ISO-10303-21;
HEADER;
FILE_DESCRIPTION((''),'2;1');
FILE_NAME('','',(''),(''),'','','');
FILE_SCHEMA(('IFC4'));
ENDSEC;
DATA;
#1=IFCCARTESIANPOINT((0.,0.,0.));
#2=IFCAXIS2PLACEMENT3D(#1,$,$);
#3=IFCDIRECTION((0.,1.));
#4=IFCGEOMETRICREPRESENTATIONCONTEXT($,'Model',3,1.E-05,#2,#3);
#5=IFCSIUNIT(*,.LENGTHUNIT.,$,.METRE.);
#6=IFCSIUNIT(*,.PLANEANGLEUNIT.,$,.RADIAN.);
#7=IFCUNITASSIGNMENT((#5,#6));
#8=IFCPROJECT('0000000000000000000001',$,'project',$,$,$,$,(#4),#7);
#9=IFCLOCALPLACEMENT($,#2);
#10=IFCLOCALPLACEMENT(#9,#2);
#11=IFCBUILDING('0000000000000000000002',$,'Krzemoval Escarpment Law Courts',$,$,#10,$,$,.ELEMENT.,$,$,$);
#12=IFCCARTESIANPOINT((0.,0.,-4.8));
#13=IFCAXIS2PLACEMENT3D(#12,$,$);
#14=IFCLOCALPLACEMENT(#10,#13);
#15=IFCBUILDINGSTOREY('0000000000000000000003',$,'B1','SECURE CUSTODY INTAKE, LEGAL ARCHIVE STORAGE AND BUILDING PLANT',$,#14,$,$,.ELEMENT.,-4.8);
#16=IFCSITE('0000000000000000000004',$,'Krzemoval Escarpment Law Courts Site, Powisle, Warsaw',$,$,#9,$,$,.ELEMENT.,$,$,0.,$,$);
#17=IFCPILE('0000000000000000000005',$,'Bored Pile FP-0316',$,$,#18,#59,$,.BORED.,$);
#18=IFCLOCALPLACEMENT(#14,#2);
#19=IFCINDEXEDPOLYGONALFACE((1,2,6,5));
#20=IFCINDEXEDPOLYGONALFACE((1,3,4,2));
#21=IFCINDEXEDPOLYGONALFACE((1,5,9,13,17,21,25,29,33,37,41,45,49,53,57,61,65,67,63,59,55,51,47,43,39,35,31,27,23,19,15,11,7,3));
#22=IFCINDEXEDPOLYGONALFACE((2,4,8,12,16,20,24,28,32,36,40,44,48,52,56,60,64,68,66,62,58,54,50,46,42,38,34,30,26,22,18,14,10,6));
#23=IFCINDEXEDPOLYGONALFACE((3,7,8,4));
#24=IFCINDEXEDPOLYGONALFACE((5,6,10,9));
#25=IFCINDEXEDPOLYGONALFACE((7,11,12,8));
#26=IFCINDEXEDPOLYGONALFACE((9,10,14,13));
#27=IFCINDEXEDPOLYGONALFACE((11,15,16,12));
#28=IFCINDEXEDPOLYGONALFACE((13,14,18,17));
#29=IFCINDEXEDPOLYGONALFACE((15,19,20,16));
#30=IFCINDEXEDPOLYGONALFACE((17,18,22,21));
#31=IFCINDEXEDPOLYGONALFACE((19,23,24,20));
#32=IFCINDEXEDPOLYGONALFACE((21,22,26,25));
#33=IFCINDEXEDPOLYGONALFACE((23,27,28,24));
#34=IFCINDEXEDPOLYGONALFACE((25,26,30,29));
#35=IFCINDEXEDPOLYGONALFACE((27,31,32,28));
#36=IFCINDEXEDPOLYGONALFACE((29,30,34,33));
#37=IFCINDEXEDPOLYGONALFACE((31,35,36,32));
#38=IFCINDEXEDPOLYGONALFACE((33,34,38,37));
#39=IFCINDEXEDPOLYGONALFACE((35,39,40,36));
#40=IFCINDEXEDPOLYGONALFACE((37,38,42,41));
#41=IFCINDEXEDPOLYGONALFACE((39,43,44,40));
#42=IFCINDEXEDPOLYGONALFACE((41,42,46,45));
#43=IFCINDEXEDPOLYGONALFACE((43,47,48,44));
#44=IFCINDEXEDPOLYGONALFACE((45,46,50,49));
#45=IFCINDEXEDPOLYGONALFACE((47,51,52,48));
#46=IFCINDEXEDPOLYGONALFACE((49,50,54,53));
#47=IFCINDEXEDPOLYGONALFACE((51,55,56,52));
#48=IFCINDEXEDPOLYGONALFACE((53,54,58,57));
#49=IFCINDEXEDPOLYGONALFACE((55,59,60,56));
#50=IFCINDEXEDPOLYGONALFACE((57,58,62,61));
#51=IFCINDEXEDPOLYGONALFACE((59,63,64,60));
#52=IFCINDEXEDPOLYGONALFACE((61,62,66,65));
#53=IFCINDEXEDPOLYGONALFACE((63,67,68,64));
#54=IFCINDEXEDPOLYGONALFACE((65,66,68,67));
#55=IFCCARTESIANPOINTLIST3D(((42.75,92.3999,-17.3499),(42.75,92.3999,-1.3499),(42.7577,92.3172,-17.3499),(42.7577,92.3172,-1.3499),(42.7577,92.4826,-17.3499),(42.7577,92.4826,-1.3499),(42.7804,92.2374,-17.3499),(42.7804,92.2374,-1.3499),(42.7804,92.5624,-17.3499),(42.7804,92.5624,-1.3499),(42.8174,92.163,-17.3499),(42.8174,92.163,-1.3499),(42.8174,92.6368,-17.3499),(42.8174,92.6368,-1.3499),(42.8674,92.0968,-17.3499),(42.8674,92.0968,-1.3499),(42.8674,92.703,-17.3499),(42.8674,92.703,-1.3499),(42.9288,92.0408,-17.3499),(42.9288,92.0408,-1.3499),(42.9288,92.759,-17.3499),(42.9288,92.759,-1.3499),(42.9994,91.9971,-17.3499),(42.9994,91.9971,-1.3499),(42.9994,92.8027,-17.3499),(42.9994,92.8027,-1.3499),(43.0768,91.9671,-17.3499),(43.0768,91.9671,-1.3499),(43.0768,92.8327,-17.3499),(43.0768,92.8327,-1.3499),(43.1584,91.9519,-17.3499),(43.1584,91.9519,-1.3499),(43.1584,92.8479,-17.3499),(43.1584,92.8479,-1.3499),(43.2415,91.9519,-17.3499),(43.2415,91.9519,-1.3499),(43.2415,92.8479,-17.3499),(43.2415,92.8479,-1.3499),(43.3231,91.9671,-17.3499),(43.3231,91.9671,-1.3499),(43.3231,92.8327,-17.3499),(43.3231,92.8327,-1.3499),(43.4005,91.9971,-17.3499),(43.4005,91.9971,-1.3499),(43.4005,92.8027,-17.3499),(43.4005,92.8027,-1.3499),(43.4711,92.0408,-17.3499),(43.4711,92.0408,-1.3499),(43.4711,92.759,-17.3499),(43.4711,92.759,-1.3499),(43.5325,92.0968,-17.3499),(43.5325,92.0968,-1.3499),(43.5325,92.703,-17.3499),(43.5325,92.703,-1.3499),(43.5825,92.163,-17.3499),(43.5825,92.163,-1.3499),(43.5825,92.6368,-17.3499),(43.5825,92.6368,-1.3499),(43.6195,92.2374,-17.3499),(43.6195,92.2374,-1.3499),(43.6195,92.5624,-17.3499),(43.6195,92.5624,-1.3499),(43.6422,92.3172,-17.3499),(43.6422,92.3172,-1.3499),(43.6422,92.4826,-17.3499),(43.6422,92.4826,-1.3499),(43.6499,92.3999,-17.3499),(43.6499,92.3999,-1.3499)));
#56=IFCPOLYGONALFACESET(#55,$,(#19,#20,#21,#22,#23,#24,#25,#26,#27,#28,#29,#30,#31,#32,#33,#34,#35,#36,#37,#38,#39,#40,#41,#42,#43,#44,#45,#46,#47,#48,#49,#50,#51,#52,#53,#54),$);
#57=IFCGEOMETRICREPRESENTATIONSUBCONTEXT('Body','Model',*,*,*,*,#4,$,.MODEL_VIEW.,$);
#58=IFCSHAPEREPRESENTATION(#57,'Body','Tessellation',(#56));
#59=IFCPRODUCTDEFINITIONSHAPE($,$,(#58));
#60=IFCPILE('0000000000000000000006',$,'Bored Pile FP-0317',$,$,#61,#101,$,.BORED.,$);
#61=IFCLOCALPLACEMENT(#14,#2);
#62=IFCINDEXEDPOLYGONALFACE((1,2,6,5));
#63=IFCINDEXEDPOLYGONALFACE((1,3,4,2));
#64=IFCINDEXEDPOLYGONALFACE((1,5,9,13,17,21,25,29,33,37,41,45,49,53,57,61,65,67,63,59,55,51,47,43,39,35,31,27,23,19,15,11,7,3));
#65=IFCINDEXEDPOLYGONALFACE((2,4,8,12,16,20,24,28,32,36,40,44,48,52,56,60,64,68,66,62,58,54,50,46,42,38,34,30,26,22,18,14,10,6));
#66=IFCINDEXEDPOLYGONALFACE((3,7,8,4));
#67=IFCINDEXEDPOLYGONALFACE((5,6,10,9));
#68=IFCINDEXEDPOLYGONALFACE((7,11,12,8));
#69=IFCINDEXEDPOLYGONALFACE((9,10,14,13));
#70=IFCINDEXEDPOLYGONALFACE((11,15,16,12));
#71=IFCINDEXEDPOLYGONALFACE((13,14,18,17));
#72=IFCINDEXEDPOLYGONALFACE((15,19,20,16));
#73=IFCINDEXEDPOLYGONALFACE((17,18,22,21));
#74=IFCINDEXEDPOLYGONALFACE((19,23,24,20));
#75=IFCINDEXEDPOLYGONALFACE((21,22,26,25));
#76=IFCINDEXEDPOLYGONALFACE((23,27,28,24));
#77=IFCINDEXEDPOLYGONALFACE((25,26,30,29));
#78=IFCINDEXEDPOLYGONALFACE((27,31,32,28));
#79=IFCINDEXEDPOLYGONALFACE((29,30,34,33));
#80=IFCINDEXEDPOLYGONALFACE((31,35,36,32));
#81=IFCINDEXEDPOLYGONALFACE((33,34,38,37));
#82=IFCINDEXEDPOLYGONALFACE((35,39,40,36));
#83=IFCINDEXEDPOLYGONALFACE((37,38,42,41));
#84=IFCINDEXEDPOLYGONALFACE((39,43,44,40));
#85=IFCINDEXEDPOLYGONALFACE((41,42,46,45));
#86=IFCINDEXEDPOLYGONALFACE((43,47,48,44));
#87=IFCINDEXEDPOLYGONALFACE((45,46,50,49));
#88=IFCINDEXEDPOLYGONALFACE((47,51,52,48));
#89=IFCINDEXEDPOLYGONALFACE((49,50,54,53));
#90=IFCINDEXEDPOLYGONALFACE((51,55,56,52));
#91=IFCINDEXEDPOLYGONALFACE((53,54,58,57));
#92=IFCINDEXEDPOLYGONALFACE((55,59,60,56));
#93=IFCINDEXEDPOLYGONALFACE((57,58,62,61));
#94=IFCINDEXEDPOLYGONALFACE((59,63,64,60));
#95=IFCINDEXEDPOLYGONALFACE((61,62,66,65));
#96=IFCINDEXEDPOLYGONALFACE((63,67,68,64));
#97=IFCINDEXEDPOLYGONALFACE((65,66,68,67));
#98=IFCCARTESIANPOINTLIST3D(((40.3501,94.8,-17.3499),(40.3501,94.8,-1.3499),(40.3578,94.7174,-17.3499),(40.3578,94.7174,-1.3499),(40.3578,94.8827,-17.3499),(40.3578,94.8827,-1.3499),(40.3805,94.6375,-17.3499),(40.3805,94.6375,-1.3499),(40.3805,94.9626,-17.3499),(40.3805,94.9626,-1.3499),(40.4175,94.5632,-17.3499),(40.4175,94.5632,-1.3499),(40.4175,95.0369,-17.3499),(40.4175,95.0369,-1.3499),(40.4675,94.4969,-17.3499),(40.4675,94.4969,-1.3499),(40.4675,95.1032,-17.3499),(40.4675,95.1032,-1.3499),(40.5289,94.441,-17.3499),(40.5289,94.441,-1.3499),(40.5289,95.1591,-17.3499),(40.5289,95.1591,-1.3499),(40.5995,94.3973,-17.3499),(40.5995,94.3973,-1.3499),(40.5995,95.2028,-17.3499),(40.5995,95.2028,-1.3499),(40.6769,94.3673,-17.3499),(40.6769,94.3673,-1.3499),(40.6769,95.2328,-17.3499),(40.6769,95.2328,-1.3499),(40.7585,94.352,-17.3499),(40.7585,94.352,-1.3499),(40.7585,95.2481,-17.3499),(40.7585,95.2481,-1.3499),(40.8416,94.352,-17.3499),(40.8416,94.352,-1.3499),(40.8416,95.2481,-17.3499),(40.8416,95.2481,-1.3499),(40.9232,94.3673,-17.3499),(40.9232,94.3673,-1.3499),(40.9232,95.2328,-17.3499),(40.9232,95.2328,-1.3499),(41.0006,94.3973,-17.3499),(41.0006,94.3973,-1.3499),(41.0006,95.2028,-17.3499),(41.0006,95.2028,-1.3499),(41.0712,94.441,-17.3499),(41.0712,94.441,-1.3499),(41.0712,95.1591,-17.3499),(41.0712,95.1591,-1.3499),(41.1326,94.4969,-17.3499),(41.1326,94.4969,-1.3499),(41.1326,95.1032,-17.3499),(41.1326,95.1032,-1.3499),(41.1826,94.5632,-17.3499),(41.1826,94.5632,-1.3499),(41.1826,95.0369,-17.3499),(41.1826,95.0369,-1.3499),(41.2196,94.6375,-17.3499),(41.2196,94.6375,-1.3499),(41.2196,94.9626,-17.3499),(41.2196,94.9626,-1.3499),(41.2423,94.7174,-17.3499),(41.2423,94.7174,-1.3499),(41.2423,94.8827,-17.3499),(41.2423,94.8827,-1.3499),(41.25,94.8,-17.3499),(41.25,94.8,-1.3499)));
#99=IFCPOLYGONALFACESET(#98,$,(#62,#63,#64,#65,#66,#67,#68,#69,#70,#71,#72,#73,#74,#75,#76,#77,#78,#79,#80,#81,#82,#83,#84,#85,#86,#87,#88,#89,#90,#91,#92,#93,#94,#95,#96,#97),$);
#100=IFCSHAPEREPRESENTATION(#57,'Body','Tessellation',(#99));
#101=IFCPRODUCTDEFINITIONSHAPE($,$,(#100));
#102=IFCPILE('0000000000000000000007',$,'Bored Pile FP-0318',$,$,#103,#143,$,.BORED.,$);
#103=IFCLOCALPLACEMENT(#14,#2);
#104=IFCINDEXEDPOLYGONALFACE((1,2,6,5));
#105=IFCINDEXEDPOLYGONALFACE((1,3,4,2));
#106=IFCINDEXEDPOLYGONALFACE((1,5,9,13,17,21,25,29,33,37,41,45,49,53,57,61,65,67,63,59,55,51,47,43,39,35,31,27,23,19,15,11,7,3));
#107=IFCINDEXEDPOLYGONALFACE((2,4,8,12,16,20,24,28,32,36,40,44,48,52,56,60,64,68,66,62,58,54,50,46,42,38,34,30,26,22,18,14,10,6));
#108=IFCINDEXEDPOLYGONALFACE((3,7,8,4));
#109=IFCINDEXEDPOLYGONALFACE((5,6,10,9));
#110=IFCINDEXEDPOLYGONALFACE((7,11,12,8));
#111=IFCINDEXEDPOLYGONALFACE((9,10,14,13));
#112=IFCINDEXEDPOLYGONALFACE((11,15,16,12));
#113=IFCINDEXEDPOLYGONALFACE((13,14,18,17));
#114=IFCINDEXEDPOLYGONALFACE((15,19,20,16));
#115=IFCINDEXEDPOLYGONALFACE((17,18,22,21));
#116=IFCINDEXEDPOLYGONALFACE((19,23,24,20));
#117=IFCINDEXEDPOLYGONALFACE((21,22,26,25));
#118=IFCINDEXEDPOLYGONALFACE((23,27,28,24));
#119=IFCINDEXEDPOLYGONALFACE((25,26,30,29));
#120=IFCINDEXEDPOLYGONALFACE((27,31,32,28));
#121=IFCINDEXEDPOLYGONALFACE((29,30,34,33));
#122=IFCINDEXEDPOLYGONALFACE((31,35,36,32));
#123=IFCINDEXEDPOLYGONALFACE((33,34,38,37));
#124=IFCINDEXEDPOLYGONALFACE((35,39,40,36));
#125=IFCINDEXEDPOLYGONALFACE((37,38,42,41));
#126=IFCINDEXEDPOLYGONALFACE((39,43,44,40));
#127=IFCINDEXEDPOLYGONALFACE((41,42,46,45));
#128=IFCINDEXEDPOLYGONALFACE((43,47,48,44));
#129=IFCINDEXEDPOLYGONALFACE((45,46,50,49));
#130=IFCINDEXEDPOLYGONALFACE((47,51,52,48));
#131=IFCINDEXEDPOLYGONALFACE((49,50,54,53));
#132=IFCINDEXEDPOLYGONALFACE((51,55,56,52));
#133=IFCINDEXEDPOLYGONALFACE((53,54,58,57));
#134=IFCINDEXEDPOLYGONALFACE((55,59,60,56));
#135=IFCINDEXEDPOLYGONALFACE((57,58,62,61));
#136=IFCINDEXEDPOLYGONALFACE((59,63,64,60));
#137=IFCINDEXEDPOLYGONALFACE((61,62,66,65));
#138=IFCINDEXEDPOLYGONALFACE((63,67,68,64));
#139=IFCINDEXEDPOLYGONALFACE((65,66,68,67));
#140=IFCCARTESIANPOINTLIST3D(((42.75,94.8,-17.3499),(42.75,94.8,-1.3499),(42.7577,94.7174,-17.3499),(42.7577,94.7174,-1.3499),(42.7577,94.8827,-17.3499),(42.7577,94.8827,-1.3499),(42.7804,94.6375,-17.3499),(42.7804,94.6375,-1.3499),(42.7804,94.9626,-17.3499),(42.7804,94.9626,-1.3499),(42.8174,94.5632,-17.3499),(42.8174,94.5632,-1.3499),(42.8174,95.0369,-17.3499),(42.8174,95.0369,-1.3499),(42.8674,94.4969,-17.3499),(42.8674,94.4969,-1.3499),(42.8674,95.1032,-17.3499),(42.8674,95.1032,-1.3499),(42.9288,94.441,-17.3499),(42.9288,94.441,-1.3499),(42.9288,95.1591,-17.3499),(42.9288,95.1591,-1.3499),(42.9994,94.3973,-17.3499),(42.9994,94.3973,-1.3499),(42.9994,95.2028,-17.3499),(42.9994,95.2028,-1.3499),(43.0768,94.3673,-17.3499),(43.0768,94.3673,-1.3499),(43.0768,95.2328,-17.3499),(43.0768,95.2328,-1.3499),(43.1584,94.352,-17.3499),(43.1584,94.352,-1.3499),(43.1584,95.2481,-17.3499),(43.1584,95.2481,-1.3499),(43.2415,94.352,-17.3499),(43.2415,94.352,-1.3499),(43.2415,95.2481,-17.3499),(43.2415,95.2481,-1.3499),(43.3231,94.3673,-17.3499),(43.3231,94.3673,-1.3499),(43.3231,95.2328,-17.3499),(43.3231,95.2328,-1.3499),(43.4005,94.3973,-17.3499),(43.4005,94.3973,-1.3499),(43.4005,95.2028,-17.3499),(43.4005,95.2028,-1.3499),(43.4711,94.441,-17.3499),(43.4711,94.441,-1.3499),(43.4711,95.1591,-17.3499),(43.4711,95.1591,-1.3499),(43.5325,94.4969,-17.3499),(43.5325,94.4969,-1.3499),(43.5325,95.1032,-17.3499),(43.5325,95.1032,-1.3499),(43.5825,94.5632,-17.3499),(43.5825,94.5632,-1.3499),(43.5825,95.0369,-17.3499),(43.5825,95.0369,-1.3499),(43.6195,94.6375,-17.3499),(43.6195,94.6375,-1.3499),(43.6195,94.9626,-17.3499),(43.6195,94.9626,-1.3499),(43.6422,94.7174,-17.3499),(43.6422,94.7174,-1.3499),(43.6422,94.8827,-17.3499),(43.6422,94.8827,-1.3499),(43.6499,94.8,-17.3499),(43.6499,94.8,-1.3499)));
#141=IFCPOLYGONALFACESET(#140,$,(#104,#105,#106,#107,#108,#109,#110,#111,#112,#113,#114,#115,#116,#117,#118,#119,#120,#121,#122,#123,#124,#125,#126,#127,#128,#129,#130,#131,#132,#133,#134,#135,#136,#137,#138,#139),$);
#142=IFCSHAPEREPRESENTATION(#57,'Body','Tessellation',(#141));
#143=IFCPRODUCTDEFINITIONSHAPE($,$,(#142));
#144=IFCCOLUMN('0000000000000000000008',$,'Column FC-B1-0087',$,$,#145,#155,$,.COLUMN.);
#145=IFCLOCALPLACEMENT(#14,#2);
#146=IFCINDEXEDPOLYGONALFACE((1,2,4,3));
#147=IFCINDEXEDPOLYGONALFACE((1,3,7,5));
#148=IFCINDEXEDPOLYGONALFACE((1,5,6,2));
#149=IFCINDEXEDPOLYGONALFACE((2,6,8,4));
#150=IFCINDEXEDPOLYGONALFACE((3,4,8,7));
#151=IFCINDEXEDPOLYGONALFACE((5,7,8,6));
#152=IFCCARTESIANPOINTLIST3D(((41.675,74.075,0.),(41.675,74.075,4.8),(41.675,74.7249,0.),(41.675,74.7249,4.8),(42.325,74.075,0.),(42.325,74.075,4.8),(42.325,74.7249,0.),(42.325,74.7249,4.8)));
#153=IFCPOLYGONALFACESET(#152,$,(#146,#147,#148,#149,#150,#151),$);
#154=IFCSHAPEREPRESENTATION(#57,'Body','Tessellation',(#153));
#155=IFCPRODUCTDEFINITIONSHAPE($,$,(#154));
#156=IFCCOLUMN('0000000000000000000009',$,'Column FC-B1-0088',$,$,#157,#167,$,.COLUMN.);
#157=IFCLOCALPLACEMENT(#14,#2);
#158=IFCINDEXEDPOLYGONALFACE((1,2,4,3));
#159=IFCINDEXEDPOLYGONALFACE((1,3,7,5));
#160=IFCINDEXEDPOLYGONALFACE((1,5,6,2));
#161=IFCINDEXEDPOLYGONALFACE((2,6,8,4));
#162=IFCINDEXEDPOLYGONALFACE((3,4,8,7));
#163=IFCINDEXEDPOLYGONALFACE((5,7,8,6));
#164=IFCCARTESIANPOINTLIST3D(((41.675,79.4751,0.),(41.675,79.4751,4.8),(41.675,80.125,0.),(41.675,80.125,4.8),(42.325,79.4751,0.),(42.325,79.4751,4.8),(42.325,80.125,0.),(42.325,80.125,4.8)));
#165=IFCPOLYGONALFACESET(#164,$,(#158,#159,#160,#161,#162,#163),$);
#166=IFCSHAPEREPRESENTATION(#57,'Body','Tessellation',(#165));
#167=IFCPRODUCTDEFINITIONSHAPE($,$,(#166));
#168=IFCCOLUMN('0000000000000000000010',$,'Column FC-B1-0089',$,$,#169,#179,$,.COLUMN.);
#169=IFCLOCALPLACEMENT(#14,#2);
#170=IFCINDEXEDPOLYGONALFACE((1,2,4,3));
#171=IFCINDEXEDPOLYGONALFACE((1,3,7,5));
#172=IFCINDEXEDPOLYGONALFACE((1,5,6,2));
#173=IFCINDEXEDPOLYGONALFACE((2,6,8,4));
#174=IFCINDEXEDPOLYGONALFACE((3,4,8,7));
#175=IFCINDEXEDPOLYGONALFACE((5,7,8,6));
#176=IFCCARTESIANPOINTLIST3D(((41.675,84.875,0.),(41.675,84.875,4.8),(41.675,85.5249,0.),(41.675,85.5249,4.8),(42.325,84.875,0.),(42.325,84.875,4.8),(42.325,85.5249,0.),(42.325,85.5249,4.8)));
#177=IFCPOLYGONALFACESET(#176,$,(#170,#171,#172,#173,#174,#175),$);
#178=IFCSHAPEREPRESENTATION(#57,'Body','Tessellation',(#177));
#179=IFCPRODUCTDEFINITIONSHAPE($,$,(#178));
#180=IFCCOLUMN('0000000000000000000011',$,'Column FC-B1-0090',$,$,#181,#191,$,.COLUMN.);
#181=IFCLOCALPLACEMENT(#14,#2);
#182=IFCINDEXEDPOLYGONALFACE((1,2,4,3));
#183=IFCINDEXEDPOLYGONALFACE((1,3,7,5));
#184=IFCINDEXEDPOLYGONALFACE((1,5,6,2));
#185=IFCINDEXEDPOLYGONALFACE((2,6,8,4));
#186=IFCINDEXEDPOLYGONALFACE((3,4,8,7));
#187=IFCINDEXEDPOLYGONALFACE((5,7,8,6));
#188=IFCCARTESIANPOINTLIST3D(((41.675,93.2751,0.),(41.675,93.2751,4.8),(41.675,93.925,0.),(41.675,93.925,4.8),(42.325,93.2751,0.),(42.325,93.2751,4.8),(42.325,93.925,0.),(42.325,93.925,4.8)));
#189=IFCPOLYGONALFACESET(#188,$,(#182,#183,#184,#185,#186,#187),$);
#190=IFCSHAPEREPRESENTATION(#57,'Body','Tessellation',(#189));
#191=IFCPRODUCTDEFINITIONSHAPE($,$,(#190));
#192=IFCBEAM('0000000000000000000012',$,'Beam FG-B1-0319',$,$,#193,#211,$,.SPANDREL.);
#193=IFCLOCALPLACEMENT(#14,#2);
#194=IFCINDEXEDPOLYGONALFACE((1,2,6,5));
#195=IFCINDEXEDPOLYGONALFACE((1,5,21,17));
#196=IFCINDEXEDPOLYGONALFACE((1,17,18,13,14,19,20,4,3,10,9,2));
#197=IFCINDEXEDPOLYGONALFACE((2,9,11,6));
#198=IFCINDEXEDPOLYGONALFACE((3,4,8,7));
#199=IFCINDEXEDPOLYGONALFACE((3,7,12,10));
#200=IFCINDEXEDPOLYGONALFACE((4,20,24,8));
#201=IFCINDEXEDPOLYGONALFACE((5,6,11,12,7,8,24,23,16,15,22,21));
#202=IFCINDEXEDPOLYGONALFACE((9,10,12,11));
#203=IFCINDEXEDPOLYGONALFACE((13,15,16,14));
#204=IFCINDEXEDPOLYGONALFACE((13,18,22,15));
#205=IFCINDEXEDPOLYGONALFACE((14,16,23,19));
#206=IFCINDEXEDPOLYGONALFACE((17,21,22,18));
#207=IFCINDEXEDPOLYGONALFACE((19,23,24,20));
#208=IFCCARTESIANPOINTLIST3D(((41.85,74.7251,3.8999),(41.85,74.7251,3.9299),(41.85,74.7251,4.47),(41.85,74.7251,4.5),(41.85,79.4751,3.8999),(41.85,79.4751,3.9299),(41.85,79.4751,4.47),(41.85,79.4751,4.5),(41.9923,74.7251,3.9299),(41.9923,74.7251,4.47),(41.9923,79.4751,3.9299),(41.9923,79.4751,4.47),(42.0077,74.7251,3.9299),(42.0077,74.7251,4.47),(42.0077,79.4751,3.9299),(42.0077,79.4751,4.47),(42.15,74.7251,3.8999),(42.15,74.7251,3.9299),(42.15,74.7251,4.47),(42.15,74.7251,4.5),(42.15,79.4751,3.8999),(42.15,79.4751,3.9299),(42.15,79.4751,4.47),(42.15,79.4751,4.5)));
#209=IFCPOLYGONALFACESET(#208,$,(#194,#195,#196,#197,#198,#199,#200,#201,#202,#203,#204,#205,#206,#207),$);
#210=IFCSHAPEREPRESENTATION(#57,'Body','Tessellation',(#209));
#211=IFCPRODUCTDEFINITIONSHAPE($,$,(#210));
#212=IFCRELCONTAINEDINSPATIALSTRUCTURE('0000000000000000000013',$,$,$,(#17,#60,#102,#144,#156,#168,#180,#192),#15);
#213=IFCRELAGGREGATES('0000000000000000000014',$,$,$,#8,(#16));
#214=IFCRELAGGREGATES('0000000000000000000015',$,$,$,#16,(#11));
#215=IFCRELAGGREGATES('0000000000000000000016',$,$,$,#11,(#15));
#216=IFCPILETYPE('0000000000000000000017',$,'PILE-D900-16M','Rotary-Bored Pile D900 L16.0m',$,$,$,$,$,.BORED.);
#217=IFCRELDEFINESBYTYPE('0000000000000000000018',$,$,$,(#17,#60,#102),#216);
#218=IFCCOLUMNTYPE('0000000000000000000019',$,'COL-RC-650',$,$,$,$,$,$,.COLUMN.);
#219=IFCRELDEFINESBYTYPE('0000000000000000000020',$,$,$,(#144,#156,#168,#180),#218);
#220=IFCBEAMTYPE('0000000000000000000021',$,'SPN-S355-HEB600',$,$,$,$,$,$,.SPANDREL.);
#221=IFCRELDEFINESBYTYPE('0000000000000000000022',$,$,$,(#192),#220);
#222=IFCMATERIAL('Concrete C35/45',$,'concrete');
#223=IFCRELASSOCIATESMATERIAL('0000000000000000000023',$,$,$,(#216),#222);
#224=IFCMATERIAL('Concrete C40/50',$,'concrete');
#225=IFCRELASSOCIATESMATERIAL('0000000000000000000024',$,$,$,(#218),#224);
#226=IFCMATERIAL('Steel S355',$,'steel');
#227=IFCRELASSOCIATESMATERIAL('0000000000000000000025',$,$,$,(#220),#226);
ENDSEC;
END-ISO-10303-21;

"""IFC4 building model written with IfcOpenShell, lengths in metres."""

from ifc_helpers import new_model, si_unit, direction, frame, origin, origin_2d, place, context, subcontext, project, spatial, rectangle, circle, i_section, extrude, material, material_profile, profile_set, type_object, element, save


model = new_model("IFC4")

# Units and contexts
model_context = context("Model", 3, precision=1e-05, world=origin(), true_north=direction((0.0, 1.0)))
body_context = subcontext(model_context, "Body", "Model", "MODEL_VIEW")
ifc_project = project(units=[si_unit("LENGTHUNIT", "METRE"), si_unit("PLANEANGLEUNIT", "RADIAN")], contexts=[model_context])

# Site, building, storey
site_placement = place(None, origin())
site = spatial("IfcSite", under=ifc_project, at=site_placement, Name="Krzemoval Escarpment Law Courts Site, Powisle, Warsaw", CompositionType="ELEMENT", RefElevation=0.0)
building_placement = place(site_placement, origin())
building = spatial("IfcBuilding", under=site, at=building_placement, Name="Krzemoval Escarpment Law Courts", CompositionType="ELEMENT")
storey_placement = place(building_placement, frame((0.0, 0.0, -4.8)))
storey = spatial("IfcBuildingStorey", under=building, at=storey_placement, Name="B1", Description="SECURE CUSTODY INTAKE, LEGAL ARCHIVE STORAGE AND BUILDING PLANT", CompositionType="ELEMENT", Elevation=-4.8)

# Piles
ifc_material_1 = material(Name="Concrete C35/45", Category="concrete")
ifc_material_profile_1 = material_profile(ifc_material_1, circle(Radius=0.45, at=origin_2d()), Name="PILE D900")
ifc_profile_set_1 = profile_set([ifc_material_profile_1], Name="Concrete C35/45")
pile_type = type_object("IfcPileType", Name="PILE-D900-16M", Description="Rotary-Bored Pile D900 L16.0m", PredefinedType="BORED", material=ifc_profile_set_1)
for number, where, z_axis, x_axis, name in (
    (1, (43.2, 92.3999, -1.3499), (0.0, 0.0, -1.0), (1.0, 0.0, 0.0), "Bored Pile FP-0316"),
    (2, (40.8, 94.8, -1.3499), (0.0, 0.0, -1.0), (1.0, 0.0, 0.0), "Bored Pile FP-0317"),
    (3, (43.2, 94.8, -1.3499), (0.0, 0.0, -1.0), (1.0, 0.0, 0.0), "Bored Pile FP-0318"),
):
    element("IfcPile", number, at=place(storey_placement, frame(where, z_axis=z_axis, x_axis=x_axis)), inside=storey, type_object=pile_type, Name=name, PredefinedType="BORED", context=body_context, shape_type="SweptSolid", body=[
        extrude(circle(Radius=0.45, at=origin_2d()), origin(), (0.0, 0.0, 1.0), 16.0),
    ])

# Columns
ifc_material_2 = material(Name="Concrete C40/50", Category="concrete")
ifc_material_profile_2 = material_profile(ifc_material_2, rectangle(XDim=0.6499, YDim=0.6499, at=origin_2d()), Name="RC 650x650")
ifc_profile_set_2 = profile_set([ifc_material_profile_2], Name="Concrete C40/50")
column_type = type_object("IfcColumnType", Name="COL-RC-650", PredefinedType="COLUMN", material=ifc_profile_set_2)
for number, where, z_axis, x_axis, name in (
    (4, (42.0, 74.3999, 0.0), (0.0, 0.0, 1.0), (1.0, 0.0, 0.0), "Column FC-B1-0087"),
    (5, (42.0, 79.8, 0.0), (0.0, 0.0, 1.0), (1.0, 0.0, 0.0), "Column FC-B1-0088"),
    (6, (42.0, 85.2, 0.0), (0.0, 0.0, 1.0), (1.0, 0.0, 0.0), "Column FC-B1-0089"),
    (7, (42.0, 93.6001, 0.0), (0.0, 0.0, 1.0), (1.0, 0.0, 0.0), "Column FC-B1-0090"),
):
    element("IfcColumn", number, at=place(storey_placement, frame(where, z_axis=z_axis, x_axis=x_axis)), inside=storey, type_object=column_type, Name=name, PredefinedType="COLUMN", context=body_context, shape_type="SweptSolid", body=[
        extrude(rectangle(XDim=0.6499, YDim=0.6499, at=origin_2d()), origin(), (0.0, 0.0, 1.0), 4.8),
    ])

# Beam
ifc_material_3 = material(Name="Steel S355", Category="steel")
ifc_material_profile_3 = material_profile(ifc_material_3, i_section(OverallWidth=0.3, OverallDepth=0.6001, WebThickness=0.0154, FlangeThickness=0.03, at=origin_2d()), Name="HEB 600")
ifc_profile_set_3 = profile_set([ifc_material_profile_3], Name="Steel S355")
beam_type = type_object("IfcBeamType", Name="SPN-S355-HEB600", PredefinedType="SPANDREL", material=ifc_profile_set_3)
for number, where, z_axis, x_axis, name in (
    (8, (42.0, 74.7251, 4.2), (0.0, 1.0, 0.0), (-1.0, 0.0, 0.0), "Beam FG-B1-0319"),
):
    element("IfcBeam", number, at=place(storey_placement, frame(where, z_axis=z_axis, x_axis=x_axis)), inside=storey, type_object=beam_type, Name=name, PredefinedType="SPANDREL", context=body_context, shape_type="SweptSolid", body=[
        extrude(i_section(OverallWidth=0.3, OverallDepth=0.6001, WebThickness=0.0154, FlangeThickness=0.03, at=origin_2d()), origin(), (0.0, 0.0, 1.0), 4.75),
    ])

save(model, "model.ifc")
